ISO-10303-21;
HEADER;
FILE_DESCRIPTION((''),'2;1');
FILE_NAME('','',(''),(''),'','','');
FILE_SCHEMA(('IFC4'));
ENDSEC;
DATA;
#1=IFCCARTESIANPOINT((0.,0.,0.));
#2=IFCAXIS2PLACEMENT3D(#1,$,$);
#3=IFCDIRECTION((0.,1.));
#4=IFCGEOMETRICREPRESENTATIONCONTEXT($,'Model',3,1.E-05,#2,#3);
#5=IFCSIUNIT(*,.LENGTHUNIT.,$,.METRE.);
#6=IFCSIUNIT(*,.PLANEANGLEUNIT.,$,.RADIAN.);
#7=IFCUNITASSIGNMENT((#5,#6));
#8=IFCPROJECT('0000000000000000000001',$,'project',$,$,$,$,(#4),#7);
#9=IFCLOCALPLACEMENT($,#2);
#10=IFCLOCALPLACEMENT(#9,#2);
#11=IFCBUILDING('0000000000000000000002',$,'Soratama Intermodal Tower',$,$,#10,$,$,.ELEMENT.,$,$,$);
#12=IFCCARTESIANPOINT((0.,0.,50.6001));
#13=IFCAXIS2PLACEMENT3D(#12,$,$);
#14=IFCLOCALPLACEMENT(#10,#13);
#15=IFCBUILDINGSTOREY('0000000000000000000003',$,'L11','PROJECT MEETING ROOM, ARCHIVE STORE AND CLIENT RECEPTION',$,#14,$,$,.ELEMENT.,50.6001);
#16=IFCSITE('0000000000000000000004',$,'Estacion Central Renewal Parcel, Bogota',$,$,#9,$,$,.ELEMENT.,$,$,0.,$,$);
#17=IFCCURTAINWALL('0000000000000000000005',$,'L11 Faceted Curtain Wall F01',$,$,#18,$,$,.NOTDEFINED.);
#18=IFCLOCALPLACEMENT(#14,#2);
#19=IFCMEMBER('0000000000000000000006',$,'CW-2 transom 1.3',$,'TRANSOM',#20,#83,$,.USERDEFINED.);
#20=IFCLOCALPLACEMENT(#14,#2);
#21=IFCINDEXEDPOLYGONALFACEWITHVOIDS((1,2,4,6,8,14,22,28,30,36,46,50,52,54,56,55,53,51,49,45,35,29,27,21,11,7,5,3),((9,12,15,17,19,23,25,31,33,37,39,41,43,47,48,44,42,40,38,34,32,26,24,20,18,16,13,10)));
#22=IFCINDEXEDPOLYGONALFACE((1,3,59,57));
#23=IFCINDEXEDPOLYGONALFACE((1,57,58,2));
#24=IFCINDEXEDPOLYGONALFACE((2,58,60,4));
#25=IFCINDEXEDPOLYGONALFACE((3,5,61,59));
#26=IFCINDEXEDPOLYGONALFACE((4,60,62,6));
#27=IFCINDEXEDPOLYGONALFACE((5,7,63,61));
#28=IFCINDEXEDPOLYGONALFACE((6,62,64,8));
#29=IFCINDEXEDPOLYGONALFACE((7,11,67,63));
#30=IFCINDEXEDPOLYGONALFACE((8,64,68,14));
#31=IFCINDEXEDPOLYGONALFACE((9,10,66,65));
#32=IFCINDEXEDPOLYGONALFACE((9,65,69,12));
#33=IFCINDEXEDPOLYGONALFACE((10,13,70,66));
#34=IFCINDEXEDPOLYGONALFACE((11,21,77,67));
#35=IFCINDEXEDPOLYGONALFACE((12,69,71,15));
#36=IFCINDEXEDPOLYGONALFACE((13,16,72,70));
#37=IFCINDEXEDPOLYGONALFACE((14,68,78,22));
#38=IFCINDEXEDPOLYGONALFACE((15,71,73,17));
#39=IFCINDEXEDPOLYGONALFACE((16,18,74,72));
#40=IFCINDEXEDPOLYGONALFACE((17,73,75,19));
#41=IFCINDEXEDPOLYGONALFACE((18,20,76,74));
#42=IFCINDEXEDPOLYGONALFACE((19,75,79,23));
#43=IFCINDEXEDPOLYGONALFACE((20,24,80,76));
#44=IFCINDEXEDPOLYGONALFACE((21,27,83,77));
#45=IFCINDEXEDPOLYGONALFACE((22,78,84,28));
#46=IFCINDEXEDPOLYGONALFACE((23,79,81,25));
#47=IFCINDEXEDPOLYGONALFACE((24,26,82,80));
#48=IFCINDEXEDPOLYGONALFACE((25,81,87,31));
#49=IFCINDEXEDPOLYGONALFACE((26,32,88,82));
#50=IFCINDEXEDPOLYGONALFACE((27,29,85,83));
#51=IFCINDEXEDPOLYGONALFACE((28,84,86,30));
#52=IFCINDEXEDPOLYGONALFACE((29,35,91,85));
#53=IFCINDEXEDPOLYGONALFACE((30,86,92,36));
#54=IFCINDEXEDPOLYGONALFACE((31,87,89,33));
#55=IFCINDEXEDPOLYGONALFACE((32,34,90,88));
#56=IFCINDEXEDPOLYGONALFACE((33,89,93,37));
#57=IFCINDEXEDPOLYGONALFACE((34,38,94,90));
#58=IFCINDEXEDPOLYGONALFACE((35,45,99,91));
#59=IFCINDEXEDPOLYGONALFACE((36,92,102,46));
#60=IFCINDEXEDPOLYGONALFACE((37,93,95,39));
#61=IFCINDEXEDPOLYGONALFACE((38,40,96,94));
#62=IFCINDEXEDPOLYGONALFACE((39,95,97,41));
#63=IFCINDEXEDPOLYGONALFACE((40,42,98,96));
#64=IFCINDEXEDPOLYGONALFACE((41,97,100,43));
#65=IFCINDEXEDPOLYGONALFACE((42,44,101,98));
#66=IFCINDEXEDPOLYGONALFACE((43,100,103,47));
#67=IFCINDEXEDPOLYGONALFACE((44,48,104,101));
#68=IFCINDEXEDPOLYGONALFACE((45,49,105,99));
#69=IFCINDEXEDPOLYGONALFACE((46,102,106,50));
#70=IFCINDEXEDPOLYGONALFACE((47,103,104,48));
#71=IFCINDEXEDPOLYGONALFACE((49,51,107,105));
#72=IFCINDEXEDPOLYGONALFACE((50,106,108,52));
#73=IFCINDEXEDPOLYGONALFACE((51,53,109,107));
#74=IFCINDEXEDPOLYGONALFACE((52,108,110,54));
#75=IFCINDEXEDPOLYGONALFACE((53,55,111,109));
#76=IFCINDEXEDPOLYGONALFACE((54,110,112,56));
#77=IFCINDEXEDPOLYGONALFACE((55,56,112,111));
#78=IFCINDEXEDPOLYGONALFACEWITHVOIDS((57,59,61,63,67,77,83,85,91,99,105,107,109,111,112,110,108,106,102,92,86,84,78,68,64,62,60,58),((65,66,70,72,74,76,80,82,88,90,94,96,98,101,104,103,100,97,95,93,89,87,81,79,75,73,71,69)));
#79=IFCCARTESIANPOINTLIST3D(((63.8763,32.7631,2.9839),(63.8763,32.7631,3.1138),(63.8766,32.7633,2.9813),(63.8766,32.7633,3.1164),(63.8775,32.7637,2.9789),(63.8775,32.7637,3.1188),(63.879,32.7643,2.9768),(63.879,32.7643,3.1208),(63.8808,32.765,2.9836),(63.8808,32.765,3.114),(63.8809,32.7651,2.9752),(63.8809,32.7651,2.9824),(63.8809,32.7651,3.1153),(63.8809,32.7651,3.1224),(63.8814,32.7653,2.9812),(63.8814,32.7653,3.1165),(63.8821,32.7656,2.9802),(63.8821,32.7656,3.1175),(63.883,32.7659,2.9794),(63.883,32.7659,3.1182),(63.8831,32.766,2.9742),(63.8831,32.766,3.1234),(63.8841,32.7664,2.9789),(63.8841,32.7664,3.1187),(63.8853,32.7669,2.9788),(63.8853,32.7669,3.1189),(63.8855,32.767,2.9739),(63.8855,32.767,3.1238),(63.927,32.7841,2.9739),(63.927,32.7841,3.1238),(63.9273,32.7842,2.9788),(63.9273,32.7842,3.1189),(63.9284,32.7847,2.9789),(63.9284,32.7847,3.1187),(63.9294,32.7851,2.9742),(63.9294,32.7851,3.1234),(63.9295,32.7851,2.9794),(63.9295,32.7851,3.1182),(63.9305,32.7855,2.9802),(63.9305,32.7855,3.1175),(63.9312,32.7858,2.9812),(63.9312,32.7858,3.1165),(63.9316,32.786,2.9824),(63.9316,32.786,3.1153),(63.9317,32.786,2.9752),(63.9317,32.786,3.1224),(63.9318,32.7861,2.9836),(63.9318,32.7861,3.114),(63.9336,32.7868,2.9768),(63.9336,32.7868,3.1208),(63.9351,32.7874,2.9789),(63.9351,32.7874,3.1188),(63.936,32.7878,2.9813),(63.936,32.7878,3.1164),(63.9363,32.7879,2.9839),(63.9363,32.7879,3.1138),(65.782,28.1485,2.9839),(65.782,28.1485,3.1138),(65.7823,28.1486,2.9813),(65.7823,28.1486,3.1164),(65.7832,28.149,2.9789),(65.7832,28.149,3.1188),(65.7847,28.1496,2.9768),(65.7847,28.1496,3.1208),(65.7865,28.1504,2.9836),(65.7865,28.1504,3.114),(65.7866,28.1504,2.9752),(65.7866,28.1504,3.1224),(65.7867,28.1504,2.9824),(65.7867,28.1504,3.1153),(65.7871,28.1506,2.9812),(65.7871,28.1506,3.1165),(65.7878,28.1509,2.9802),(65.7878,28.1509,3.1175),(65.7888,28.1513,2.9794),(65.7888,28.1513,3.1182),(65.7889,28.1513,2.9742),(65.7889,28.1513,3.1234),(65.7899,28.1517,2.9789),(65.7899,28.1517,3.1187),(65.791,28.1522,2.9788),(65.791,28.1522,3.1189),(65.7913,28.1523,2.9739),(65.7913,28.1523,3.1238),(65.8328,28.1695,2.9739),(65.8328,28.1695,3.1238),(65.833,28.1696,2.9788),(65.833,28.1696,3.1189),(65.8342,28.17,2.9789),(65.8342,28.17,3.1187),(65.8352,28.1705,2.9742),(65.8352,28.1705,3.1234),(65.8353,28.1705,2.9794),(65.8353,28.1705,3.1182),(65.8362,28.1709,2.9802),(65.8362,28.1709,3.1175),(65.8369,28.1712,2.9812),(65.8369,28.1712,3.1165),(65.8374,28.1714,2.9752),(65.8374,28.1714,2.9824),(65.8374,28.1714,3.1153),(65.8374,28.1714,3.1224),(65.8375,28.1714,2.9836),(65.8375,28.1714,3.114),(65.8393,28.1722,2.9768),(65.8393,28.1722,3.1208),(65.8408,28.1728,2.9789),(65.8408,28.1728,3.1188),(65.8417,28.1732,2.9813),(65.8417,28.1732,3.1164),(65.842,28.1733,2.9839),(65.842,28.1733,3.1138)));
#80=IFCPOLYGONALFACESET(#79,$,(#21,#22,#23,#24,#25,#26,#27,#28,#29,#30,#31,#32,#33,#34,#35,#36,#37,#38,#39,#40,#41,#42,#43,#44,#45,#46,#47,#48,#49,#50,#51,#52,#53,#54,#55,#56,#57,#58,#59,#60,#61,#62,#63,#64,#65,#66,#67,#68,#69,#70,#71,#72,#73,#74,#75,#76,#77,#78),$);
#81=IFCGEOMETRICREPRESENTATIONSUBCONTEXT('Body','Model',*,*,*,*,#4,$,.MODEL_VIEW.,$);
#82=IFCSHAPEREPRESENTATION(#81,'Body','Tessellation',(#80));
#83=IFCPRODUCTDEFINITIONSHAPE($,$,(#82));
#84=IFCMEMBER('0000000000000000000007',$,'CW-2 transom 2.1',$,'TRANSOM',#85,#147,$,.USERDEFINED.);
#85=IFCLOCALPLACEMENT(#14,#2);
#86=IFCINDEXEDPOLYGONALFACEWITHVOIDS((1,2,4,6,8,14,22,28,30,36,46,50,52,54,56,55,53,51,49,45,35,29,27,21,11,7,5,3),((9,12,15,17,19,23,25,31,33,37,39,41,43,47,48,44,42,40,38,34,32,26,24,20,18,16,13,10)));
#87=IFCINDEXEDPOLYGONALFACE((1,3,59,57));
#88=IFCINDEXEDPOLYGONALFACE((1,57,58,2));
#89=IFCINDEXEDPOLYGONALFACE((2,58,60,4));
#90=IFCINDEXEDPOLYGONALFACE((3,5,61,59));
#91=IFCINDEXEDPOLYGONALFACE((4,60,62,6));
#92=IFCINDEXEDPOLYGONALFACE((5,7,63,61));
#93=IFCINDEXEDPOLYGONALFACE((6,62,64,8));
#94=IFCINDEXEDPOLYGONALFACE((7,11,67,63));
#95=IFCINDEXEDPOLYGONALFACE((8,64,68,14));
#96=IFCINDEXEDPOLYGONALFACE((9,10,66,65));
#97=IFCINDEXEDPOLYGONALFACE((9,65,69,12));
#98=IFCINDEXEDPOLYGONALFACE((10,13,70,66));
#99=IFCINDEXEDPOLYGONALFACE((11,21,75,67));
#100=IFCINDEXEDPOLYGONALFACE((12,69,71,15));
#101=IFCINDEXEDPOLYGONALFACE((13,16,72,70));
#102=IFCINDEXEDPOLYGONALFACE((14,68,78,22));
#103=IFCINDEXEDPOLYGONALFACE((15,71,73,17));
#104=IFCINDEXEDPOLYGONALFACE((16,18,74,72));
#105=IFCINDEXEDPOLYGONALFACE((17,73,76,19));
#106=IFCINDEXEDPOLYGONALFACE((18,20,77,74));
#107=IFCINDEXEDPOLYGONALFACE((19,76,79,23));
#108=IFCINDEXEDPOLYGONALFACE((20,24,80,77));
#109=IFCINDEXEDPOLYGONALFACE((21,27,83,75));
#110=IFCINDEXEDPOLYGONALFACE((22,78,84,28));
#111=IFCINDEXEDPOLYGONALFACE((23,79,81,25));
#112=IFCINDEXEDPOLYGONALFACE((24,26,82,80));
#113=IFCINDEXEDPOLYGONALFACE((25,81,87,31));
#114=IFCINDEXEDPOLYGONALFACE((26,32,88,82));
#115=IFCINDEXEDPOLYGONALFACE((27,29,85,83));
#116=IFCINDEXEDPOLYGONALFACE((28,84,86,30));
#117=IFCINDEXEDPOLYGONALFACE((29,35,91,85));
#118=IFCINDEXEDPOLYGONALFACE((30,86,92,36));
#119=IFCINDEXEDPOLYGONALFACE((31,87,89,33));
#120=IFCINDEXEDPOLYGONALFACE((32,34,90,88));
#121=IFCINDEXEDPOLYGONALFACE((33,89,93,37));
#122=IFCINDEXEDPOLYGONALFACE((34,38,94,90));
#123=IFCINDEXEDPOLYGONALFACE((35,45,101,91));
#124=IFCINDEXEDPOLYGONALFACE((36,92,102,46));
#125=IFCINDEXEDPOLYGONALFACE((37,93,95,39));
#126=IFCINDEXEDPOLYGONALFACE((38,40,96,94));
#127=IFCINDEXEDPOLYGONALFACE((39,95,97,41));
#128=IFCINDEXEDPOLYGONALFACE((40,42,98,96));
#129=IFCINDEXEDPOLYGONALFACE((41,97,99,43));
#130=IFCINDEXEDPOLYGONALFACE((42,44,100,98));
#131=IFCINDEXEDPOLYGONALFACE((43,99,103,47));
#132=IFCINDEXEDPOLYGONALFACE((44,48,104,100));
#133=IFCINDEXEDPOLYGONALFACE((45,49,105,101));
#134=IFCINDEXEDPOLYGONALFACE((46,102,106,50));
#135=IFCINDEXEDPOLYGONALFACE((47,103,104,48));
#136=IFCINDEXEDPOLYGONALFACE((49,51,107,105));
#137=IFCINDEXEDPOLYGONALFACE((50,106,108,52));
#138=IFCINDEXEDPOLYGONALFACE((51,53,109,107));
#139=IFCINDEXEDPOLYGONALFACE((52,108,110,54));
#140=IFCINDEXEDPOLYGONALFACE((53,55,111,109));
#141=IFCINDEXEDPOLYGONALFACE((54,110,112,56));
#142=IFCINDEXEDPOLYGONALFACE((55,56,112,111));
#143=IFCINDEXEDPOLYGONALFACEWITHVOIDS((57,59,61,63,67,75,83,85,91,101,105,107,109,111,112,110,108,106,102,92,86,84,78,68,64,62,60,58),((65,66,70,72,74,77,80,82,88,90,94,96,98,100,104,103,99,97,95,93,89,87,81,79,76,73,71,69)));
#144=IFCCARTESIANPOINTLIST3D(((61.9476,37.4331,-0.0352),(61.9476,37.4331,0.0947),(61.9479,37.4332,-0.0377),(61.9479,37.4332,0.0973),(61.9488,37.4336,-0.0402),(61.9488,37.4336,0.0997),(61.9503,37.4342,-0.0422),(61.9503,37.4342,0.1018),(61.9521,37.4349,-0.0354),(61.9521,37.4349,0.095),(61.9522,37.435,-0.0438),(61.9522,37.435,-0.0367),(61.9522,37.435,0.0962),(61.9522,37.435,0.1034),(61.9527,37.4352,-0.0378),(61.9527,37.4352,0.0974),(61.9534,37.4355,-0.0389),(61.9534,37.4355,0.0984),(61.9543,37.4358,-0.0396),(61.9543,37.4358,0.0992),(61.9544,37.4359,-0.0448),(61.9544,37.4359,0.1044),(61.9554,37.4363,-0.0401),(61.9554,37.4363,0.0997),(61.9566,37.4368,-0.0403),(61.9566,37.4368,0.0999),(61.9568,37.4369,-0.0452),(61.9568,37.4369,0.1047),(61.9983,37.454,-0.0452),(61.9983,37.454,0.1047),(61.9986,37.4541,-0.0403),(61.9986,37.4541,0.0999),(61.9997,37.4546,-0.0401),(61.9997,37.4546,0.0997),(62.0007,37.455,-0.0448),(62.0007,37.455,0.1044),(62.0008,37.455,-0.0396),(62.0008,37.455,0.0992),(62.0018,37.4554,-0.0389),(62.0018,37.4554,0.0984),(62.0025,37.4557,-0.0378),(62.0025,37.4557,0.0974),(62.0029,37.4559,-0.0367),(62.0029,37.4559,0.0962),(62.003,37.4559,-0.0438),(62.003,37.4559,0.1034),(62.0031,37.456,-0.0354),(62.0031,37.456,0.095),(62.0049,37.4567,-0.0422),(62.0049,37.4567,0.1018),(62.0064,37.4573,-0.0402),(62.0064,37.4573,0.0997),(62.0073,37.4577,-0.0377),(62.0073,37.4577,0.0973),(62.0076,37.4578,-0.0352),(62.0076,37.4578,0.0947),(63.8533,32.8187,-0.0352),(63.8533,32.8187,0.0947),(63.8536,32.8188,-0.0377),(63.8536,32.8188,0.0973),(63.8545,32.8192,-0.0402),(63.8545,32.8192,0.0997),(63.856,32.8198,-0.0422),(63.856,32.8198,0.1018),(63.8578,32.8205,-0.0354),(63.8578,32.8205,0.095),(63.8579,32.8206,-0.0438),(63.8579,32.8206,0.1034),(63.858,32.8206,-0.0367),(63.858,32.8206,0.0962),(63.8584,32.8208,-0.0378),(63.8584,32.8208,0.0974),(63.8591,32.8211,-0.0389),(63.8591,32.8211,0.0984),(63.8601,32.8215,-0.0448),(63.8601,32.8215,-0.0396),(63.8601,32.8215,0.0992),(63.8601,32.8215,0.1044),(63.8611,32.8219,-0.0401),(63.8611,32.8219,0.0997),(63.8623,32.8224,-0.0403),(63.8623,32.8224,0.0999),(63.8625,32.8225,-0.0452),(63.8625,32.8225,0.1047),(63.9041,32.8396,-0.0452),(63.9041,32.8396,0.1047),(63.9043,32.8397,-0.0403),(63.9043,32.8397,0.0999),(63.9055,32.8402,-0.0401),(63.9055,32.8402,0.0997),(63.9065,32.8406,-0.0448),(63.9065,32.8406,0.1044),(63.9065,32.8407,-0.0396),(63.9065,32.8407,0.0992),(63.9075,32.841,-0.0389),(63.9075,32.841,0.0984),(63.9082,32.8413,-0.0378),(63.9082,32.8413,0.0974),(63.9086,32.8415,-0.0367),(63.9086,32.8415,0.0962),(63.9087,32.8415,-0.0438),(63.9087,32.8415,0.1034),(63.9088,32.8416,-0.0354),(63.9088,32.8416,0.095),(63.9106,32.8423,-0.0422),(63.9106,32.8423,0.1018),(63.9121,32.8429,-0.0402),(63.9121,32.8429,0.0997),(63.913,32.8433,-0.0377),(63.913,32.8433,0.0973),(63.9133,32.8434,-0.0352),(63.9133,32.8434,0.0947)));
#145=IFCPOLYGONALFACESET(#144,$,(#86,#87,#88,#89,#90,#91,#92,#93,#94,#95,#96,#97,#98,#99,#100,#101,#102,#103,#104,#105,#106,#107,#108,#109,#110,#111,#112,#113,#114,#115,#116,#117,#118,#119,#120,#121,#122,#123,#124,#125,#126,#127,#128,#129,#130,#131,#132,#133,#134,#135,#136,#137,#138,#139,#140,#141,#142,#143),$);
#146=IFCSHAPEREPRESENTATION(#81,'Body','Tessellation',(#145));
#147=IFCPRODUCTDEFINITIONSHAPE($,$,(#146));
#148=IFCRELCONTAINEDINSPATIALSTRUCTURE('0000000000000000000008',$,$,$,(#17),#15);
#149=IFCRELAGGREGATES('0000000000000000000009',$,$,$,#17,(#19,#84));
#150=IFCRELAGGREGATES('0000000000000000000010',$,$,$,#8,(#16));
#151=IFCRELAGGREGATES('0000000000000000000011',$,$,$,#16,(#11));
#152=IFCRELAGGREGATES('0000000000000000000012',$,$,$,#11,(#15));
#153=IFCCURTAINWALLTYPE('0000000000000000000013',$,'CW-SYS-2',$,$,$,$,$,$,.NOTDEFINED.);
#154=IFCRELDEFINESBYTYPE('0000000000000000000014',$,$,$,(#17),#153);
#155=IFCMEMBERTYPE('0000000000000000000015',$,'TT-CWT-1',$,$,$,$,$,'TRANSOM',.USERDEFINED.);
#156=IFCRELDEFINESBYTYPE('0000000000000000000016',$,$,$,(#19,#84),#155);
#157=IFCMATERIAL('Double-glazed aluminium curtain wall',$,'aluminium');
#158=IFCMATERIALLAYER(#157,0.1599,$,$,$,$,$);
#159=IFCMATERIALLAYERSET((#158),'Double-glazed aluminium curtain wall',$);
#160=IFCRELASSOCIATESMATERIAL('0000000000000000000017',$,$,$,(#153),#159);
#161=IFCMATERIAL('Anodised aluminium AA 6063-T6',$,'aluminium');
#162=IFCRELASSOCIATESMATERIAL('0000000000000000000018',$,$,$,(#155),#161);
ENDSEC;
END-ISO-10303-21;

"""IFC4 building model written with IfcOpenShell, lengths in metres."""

from ifc_helpers import new_model, si_unit, direction, frame, origin, origin_2d, place, context, subcontext, project, spatial, hollow_rectangle, extrude, material, layer, layer_set, material_profile, profile_set, type_object, element, aggregate, save


model = new_model("IFC4")

# Units and contexts
model_context = context("Model", 3, precision=1e-05, world=origin(), true_north=direction((0.0, 1.0)))
body_context = subcontext(model_context, "Body", "Model", "MODEL_VIEW")
ifc_project = project(units=[si_unit("LENGTHUNIT", "METRE"), si_unit("PLANEANGLEUNIT", "RADIAN")], contexts=[model_context])

# Site, building, storey
site_placement = place(None, origin())
site = spatial("IfcSite", under=ifc_project, at=site_placement, Name="Estacion Central Renewal Parcel, Bogota", CompositionType="ELEMENT", RefElevation=0.0)
building_placement = place(site_placement, origin())
building = spatial("IfcBuilding", under=site, at=building_placement, Name="Soratama Intermodal Tower", CompositionType="ELEMENT")
storey_placement = place(building_placement, frame((0.0, 0.0, 50.6001)))
storey = spatial("IfcBuildingStorey", under=building, at=storey_placement, Name="L11", Description="PROJECT MEETING ROOM, ARCHIVE STORE AND CLIENT RECEPTION", CompositionType="ELEMENT", Elevation=50.6001)

# Curtain wall, members
ifc_material_1 = material(Name="Double-glazed aluminium curtain wall", Category="aluminium")
ifc_layer_1 = layer(ifc_material_1, 0.1599)
ifc_layer_set_1 = layer_set([ifc_layer_1], Name="Double-glazed aluminium curtain wall")
curtain_wall_type = type_object("IfcCurtainWallType", Name="CW-SYS-2", PredefinedType="NOTDEFINED", material=ifc_layer_set_1)
curtain_wall_placement = place(storey_placement, origin())
curtain_wall = element("IfcCurtainWall", 1, at=curtain_wall_placement, inside=storey, type_object=curtain_wall_type, Name="L11 Faceted Curtain Wall F01", PredefinedType="NOTDEFINED")
ifc_material_2 = material(Name="Anodised aluminium AA 6063-T6", Category="aluminium")
ifc_material_profile_1 = material_profile(ifc_material_2, hollow_rectangle(XDim=0.0649, YDim=0.1499, WallThickness=0.0049, InnerFilletRadius=0.0049, OuterFilletRadius=0.01, at=origin_2d()), Name="CWT150X65X5")
ifc_profile_set_1 = profile_set([ifc_material_profile_1], Name="Anodised aluminium AA 6063-T6")
member_type_1 = type_object("IfcMemberType", Name="TT-CWT-1", ElementType="TRANSOM", PredefinedType="USERDEFINED", material=ifc_profile_set_1)
member_1_placement = place(storey_placement, frame((65.812, 28.1609, 3.0488), z_axis=(-0.381704, 0.924285, 0.0), x_axis=(-0.924285, -0.381704, 0.0)))
member_1 = element("IfcMember", 2, at=member_1_placement, type_object=member_type_1, Name="CW-2 transom 1.3", ObjectType="TRANSOM", PredefinedType="USERDEFINED", context=body_context, shape_type="SweptSolid", body=[
    extrude(hollow_rectangle(XDim=0.0649, YDim=0.1499, WallThickness=0.0049, InnerFilletRadius=0.0049, OuterFilletRadius=0.01, at=origin_2d()), origin(), (0.0, 0.0, 1.0), 4.9927),
])
member_2_placement = place(storey_placement, frame((63.8833, 32.8311, 0.0298), z_axis=(-0.381721, 0.924278, 0.0), x_axis=(-0.924278, -0.381721, 0.0)))
member_2 = element("IfcMember", 3, at=member_2_placement, type_object=member_type_1, Name="CW-2 transom 2.1", ObjectType="TRANSOM", PredefinedType="USERDEFINED", context=body_context, shape_type="SweptSolid", body=[
    extrude(hollow_rectangle(XDim=0.0649, YDim=0.1499, WallThickness=0.0049, InnerFilletRadius=0.0049, OuterFilletRadius=0.01, at=origin_2d()), origin(), (0.0, 0.0, 1.0), 4.9924),
])
aggregate(curtain_wall, [member_1, member_2])

save(model, "model.ifc")
